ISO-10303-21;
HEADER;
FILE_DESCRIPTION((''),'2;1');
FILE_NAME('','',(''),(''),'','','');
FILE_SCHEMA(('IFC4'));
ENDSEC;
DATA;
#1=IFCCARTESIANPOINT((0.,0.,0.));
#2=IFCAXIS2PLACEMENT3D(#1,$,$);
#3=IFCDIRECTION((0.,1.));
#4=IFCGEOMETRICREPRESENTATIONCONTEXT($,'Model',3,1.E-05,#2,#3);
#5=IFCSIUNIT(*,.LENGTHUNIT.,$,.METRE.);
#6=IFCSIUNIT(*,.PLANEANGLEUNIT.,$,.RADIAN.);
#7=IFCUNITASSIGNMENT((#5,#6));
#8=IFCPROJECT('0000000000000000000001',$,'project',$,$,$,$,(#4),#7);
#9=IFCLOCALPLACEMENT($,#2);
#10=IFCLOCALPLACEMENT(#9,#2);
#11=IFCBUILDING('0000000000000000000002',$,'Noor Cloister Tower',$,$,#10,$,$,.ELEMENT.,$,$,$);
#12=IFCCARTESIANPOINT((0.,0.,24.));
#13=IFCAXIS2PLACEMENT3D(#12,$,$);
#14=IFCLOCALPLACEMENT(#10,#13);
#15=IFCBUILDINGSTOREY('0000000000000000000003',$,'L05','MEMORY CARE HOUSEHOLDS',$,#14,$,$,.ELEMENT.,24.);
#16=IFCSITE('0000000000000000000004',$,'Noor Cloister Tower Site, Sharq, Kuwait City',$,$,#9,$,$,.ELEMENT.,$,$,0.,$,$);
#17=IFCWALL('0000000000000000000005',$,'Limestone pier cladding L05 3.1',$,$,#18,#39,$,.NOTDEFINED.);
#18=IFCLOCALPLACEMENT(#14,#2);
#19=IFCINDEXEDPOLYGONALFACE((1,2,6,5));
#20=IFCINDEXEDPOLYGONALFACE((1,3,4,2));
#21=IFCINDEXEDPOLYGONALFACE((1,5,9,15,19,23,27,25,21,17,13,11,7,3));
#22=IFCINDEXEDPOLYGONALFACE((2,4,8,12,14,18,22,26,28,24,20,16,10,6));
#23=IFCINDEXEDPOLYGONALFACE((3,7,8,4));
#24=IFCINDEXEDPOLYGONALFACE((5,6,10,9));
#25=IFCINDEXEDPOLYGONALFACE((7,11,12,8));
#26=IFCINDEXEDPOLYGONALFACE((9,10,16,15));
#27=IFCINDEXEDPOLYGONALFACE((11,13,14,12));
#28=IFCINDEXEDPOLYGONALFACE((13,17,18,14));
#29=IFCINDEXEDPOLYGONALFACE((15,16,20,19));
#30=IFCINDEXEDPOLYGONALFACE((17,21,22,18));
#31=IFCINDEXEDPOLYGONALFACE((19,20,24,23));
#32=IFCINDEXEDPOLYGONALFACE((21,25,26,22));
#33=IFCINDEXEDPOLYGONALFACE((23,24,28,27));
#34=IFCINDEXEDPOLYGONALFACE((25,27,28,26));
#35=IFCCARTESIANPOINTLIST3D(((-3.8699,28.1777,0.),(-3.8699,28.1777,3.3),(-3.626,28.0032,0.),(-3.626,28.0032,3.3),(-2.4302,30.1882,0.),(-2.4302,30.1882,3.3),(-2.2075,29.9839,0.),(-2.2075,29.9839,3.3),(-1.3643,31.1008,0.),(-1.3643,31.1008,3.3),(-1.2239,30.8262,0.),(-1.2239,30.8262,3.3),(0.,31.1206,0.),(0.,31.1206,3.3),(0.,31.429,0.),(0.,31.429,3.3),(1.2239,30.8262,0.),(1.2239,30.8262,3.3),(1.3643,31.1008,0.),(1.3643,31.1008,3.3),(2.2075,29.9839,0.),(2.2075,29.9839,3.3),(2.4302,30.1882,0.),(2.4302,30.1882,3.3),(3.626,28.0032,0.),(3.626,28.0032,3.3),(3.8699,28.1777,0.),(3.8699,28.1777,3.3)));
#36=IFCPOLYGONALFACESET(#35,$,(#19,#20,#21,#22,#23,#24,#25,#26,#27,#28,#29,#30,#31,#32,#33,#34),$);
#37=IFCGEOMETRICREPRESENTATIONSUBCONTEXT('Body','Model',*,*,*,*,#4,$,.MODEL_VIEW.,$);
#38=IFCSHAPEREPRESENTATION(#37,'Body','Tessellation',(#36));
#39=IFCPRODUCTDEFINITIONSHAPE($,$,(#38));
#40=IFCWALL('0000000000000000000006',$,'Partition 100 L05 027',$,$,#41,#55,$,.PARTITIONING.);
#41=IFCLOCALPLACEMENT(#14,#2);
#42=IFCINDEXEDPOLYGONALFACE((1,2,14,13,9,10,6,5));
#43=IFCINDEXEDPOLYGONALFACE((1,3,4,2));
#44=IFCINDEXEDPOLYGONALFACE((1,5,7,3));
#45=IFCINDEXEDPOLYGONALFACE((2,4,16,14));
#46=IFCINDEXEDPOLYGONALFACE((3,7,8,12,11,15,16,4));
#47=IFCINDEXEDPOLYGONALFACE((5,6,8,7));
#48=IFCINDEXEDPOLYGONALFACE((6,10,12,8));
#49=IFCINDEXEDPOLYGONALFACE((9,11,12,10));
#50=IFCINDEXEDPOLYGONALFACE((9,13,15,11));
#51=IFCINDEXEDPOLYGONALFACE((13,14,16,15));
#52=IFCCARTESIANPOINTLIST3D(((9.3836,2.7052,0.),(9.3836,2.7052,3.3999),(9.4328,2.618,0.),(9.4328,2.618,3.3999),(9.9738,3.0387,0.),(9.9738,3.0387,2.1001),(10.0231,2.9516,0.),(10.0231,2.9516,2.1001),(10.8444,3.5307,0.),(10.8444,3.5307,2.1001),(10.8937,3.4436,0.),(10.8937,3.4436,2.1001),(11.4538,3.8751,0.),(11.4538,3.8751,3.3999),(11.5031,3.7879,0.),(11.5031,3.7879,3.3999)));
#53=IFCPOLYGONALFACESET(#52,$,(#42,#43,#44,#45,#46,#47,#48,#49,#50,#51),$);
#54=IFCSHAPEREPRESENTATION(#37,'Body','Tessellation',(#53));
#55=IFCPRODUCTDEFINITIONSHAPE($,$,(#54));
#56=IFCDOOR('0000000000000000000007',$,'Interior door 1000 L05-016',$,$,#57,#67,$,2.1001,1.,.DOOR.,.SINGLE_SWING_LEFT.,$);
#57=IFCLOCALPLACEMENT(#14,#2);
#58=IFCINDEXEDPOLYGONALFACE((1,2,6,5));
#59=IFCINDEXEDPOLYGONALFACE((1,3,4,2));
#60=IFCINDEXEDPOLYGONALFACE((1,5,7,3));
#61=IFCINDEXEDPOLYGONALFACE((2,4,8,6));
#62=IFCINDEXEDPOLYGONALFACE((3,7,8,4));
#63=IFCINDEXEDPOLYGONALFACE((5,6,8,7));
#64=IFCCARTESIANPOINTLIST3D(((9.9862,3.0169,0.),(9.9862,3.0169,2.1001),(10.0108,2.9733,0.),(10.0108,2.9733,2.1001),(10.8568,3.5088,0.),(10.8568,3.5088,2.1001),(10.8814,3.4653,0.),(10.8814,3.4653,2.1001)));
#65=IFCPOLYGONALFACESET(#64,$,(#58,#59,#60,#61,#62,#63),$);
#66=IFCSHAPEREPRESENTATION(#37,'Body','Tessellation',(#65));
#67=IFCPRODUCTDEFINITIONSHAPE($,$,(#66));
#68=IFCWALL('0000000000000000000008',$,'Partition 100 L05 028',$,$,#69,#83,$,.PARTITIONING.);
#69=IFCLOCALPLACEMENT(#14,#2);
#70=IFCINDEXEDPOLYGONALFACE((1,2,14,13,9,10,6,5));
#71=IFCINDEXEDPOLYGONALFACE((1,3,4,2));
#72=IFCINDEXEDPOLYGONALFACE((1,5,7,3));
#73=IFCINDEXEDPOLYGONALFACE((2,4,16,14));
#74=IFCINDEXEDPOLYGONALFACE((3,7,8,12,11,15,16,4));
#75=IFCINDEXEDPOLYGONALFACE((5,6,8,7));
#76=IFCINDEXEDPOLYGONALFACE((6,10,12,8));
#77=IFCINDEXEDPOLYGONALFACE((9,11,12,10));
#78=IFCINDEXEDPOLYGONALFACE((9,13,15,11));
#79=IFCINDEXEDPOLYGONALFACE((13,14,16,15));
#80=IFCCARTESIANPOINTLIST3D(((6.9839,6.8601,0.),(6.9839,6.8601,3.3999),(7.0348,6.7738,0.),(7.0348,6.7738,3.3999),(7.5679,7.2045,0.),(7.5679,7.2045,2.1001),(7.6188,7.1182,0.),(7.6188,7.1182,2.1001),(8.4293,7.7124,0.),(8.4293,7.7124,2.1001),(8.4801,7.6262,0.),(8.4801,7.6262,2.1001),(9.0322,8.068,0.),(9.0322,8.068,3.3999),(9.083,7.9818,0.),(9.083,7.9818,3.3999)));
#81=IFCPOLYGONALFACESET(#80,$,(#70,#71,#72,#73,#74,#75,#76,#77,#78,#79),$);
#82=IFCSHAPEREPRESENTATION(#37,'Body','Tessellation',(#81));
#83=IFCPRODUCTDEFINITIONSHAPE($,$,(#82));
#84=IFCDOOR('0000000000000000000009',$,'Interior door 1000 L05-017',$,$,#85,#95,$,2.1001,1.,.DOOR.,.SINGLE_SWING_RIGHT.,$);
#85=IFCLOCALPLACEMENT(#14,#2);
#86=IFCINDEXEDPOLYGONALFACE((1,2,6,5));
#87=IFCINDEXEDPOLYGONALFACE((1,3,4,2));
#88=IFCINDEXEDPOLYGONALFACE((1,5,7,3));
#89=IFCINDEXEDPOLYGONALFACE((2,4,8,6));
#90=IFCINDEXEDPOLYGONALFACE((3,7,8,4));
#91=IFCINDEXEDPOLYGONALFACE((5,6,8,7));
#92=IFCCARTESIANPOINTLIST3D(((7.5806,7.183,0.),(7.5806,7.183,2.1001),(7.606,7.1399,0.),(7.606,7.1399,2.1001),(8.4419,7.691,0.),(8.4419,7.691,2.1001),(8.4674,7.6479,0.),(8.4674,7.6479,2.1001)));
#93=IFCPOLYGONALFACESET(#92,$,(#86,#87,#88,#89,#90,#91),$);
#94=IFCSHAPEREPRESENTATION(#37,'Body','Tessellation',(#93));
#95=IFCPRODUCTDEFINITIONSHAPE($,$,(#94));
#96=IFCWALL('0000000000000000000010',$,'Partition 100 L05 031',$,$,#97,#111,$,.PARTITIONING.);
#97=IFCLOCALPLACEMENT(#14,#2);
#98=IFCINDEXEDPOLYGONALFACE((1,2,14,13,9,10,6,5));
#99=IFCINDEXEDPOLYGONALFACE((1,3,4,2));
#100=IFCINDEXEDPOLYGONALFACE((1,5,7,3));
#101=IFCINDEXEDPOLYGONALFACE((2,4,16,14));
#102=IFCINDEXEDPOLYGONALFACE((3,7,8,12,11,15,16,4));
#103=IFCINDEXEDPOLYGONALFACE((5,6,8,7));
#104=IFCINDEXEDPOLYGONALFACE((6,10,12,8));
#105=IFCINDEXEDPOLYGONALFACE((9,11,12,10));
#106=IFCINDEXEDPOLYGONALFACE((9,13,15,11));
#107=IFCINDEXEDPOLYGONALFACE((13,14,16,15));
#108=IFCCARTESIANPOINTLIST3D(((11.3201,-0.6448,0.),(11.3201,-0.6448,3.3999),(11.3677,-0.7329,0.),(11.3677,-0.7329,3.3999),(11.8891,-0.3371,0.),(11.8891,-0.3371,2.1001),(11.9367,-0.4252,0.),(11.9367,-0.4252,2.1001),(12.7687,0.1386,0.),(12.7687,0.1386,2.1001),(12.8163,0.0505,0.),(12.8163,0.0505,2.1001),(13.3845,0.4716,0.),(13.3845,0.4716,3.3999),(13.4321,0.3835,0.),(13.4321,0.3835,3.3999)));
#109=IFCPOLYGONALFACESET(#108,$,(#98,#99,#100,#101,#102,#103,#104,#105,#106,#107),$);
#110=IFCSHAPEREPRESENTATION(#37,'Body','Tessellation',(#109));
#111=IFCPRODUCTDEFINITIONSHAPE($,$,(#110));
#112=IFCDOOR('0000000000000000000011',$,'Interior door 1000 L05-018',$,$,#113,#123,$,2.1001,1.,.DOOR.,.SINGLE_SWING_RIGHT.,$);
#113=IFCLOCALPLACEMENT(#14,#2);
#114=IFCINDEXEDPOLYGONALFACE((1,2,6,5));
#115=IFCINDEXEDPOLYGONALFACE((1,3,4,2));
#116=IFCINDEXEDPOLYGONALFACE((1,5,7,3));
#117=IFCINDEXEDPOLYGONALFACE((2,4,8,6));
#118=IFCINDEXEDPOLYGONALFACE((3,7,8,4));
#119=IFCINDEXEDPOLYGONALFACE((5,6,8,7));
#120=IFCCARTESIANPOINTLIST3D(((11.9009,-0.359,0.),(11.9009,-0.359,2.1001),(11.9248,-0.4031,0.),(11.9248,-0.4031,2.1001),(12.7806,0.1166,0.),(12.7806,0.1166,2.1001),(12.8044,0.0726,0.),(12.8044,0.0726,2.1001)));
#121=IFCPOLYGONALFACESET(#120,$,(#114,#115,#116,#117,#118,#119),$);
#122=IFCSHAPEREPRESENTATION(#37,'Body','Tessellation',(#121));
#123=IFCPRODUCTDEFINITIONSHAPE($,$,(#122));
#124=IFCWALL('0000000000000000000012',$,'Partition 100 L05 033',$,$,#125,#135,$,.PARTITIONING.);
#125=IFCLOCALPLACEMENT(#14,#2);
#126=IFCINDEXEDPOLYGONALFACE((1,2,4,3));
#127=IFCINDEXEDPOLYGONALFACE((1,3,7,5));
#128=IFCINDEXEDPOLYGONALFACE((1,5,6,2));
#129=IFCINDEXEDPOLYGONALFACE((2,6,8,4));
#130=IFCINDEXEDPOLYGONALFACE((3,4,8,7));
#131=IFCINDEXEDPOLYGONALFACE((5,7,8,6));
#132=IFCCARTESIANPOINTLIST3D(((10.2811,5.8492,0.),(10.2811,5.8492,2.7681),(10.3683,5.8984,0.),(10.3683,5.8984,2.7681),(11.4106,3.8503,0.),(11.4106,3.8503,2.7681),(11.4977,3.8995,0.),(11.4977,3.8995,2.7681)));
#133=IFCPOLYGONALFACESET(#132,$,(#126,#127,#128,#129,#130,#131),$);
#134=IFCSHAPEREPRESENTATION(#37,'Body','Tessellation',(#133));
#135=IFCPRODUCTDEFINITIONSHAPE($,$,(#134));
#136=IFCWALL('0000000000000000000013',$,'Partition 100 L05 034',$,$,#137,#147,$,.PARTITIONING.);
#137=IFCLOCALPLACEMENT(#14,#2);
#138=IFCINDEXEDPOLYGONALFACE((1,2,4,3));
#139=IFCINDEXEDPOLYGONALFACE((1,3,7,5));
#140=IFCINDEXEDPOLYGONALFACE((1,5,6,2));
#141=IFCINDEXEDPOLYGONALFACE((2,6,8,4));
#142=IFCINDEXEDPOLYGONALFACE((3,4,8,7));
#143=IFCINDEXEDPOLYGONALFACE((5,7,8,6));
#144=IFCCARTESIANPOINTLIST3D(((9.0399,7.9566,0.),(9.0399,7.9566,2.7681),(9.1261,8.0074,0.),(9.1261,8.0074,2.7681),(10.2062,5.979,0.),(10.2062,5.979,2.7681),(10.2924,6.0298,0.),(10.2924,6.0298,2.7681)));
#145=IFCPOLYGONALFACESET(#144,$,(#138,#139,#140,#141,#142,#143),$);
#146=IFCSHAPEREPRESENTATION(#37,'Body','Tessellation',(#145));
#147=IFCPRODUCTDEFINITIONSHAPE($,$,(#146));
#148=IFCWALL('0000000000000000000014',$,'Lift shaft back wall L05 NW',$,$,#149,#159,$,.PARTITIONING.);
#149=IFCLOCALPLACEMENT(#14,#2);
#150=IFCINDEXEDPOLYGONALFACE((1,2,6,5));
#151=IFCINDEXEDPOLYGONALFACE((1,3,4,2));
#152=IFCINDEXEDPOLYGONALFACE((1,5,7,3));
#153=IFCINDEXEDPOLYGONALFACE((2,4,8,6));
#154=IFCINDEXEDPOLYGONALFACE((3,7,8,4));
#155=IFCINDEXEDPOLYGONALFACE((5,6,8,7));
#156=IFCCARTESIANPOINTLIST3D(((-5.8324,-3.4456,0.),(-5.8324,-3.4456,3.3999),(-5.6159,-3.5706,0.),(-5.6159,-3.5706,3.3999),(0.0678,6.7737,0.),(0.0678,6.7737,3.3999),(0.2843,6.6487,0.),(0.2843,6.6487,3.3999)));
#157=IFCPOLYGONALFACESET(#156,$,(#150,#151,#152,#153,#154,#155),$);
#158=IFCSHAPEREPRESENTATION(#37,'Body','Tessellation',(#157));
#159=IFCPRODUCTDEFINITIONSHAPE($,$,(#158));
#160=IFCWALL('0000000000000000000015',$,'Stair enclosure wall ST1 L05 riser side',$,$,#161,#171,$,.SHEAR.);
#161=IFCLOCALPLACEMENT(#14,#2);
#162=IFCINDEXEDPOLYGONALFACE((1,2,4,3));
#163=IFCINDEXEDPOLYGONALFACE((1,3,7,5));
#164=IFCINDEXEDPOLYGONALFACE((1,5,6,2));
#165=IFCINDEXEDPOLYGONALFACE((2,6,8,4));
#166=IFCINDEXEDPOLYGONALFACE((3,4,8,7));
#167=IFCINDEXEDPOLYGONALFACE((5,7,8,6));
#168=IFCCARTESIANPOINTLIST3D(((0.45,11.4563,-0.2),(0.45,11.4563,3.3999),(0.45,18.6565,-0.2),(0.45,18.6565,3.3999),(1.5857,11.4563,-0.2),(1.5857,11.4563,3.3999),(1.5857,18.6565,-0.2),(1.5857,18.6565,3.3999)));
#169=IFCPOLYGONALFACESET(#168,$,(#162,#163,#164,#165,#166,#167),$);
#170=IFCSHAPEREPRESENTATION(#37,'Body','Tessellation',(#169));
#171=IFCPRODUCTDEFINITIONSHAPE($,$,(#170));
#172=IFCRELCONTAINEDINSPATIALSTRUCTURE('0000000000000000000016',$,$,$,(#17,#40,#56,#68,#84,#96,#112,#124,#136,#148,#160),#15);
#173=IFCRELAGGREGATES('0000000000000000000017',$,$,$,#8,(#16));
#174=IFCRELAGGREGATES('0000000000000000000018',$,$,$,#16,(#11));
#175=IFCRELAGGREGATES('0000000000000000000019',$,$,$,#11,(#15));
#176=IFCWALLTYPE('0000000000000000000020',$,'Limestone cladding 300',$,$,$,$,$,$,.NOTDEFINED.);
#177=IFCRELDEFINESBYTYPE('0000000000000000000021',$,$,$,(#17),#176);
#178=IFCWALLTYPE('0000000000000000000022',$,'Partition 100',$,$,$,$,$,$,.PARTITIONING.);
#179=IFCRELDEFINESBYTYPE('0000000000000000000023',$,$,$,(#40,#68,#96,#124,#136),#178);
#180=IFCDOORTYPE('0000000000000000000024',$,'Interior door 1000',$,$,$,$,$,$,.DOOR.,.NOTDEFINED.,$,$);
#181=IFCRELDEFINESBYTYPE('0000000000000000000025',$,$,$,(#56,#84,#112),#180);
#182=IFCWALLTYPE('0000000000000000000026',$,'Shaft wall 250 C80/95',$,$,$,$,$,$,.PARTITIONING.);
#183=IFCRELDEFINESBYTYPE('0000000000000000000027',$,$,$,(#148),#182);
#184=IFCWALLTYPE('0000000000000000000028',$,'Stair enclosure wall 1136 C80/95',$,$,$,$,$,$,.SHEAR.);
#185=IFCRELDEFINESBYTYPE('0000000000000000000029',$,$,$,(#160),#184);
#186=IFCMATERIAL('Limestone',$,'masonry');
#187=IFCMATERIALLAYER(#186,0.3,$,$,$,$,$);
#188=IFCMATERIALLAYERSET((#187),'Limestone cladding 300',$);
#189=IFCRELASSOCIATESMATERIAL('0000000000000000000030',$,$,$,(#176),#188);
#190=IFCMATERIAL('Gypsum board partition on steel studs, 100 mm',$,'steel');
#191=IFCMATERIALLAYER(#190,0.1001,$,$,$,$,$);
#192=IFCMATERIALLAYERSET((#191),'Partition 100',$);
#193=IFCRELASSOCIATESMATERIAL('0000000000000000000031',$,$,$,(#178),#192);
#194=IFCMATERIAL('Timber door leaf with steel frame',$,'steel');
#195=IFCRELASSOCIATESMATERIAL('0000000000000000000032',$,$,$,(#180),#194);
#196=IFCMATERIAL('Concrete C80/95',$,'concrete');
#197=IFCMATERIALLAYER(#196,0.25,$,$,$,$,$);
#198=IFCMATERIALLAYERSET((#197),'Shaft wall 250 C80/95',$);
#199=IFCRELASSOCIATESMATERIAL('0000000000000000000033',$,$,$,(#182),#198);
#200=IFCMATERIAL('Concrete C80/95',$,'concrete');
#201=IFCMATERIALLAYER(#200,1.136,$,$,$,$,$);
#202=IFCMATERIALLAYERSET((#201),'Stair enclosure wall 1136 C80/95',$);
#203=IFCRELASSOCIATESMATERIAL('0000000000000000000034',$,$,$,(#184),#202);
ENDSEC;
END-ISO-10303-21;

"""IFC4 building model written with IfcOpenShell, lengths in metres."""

from ifc_helpers import new_model, si_unit, direction, frame, frame_2d, origin, place, context, subcontext, project, spatial, polyline, rectangle, outline, extrude, material, layer, layer_set, type_object, element, fill, save


model = new_model("IFC4")

# Units and contexts
model_context = context("Model", 3, precision=1e-05, world=origin(), true_north=direction((0.0, 1.0)))
body_context = subcontext(model_context, "Body", "Model", "MODEL_VIEW")
ifc_project = project(units=[si_unit("LENGTHUNIT", "METRE"), si_unit("PLANEANGLEUNIT", "RADIAN")], contexts=[model_context])

# Site, building, storey
site_placement = place(None, origin())
site = spatial("IfcSite", under=ifc_project, at=site_placement, Name="Noor Cloister Tower Site, Sharq, Kuwait City", CompositionType="ELEMENT", RefElevation=0.0)
building_placement = place(site_placement, origin())
building = spatial("IfcBuilding", under=site, at=building_placement, Name="Noor Cloister Tower", CompositionType="ELEMENT")
storey_placement = place(building_placement, frame((0.0, 0.0, 24.0)))
storey = spatial("IfcBuildingStorey", under=building, at=storey_placement, Name="L05", Description="MEMORY CARE HOUSEHOLDS", CompositionType="ELEMENT", Elevation=24.0)

# Wall
ifc_material_1 = material(Name="Limestone", Category="masonry")
ifc_layer_1 = layer(ifc_material_1, 0.3)
ifc_layer_set_1 = layer_set([ifc_layer_1], Name="Limestone cladding 300")
wall_type_1 = type_object("IfcWallType", Name="Limestone cladding 300", PredefinedType="NOTDEFINED", material=ifc_layer_set_1)
wall_1_placement = place(storey_placement, origin())
element("IfcWall", 1, at=wall_1_placement, inside=storey, type_object=wall_type_1, Name="Limestone pier cladding L05 3.1", PredefinedType="NOTDEFINED", context=body_context, shape_type="SweptSolid", body=[
    extrude(outline(polyline([(3.8699, 28.1777), (2.4302, 30.1882), (1.3643, 31.1008), (0.0, 31.429), (-1.3643, 31.1008), (-2.4302, 30.1882), (-3.8699, 28.1777), (-3.626, 28.0032), (-2.2075, 29.9839), (-1.2239, 30.8262), (0.0, 31.1206), (1.2239, 30.8262), (2.2075, 29.9839), (3.626, 28.0032), (3.8699, 28.1777)])), origin(), (0.0, 0.0, 1.0), 3.3),
])

# Walls, openings, doors
ifc_material_2 = material(Name="Gypsum board partition on steel studs, 100 mm", Category="steel")
ifc_layer_2 = layer(ifc_material_2, 0.1001)
ifc_layer_set_2 = layer_set([ifc_layer_2], Name="Partition 100")
wall_type_2 = type_object("IfcWallType", Name="Partition 100", PredefinedType="PARTITIONING", material=ifc_layer_set_2)
wall_2_placement = place(storey_placement, frame((9.4082, 2.6616, 0.0), z_axis=(0.0, 0.0, 1.0), x_axis=(0.870609, 0.491976, 0.0)))
wall_2 = element("IfcWall", 2, at=wall_2_placement, inside=storey, type_object=wall_type_2, Name="Partition 100 L05 027", PredefinedType="PARTITIONING", context=body_context, shape_type="SweptSolid", body=[
    extrude(rectangle(XDim=2.3779, YDim=0.1001, at=frame_2d((1.189, 0.0))), origin(), (0.0, 0.0, 1.0), 3.3999),
])
opening_1_placement = place(wall_2_placement, frame((0.678, 0.0, 0.0)))
opening_1 = element("IfcOpeningElement", 3, at=opening_1_placement, cuts=wall_2, PredefinedType="OPENING", context=body_context, shape_type="SweptSolid", body=[
    extrude(rectangle(XDim=1.0, YDim=2.1001, at=frame_2d((0.5, 1.05))), frame((0.0, 0.0601, 0.0), z_axis=(0.0, -1.0, 0.0), x_axis=(1.0, 0.0, 0.0)), (0.0, 0.0, 1.0), 0.1201),
])
ifc_material_3 = material(Name="Timber door leaf with steel frame", Category="steel")
door_type_1 = type_object("IfcDoorType", Name="Interior door 1000", OperationType="NOTDEFINED", PredefinedType="DOOR", material=ifc_material_3)
door_1_placement = place(opening_1_placement, origin())
door_1 = element("IfcDoor", 4, at=door_1_placement, inside=storey, type_object=door_type_1, Name="Interior door 1000 L05-016", OperationType="SINGLE_SWING_LEFT", OverallHeight=2.1001, OverallWidth=1.0, PredefinedType="DOOR", context=body_context, shape_type="SweptSolid", body=[
    extrude(rectangle(XDim=1.0, YDim=2.1001, at=frame_2d((0.5, 1.05))), frame((0.0, 0.0249, 0.0), z_axis=(0.0, -1.0, 0.0), x_axis=(1.0, 0.0, 0.0)), (0.0, 0.0, 1.0), 0.05),
])
fill(opening_1, door_1)
wall_3_placement = place(storey_placement, frame((9.0576, 8.0249, 0.0), z_axis=(0.0, 0.0, 1.0), x_axis=(-0.861364, -0.507989, 0.0)))
wall_3 = element("IfcWall", 5, at=wall_3_placement, inside=storey, type_object=wall_type_2, Name="Partition 100 L05 028", PredefinedType="PARTITIONING", context=body_context, shape_type="SweptSolid", body=[
    extrude(rectangle(XDim=2.3779, YDim=0.1001, at=frame_2d((1.189, 0.0))), origin(), (0.0, 0.0, 1.0), 3.3999),
])
opening_2_placement = place(wall_3_placement, frame((0.7, 0.0, 0.0)))
opening_2 = element("IfcOpeningElement", 6, at=opening_2_placement, cuts=wall_3, PredefinedType="OPENING", context=body_context, shape_type="SweptSolid", body=[
    extrude(rectangle(XDim=1.0, YDim=2.1001, at=frame_2d((0.5, 1.05))), frame((0.0, 0.0601, 0.0), z_axis=(0.0, -1.0, 0.0), x_axis=(1.0, 0.0, 0.0)), (0.0, 0.0, 1.0), 0.1201),
])
door_2_placement = place(opening_2_placement, origin())
door_2 = element("IfcDoor", 7, at=door_2_placement, inside=storey, type_object=door_type_1, Name="Interior door 1000 L05-017", OperationType="SINGLE_SWING_RIGHT", OverallHeight=2.1001, OverallWidth=1.0, PredefinedType="DOOR", context=body_context, shape_type="SweptSolid", body=[
    extrude(rectangle(XDim=1.0, YDim=2.1001, at=frame_2d((0.5, 1.05))), frame((0.0, 0.0249, 0.0), z_axis=(0.0, -1.0, 0.0), x_axis=(1.0, 0.0, 0.0)), (0.0, 0.0, 1.0), 0.05),
])
fill(opening_2, door_2)
wall_4_placement = place(storey_placement, frame((13.4082, 0.4275, 0.0), z_axis=(0.0, 0.0, 1.0), x_axis=(-0.879611, -0.475693, 0.0)))
wall_4 = element("IfcWall", 8, at=wall_4_placement, inside=storey, type_object=wall_type_2, Name="Partition 100 L05 031", PredefinedType="PARTITIONING", context=body_context, shape_type="SweptSolid", body=[
    extrude(rectangle(XDim=2.3469, YDim=0.1001, at=frame_2d((1.1733, 0.0))), origin(), (0.0, 0.0, 1.0), 3.3999),
])
opening_3_placement = place(wall_4_placement, frame((0.7, 0.0, 0.0)))
opening_3 = element("IfcOpeningElement", 9, at=opening_3_placement, cuts=wall_4, PredefinedType="OPENING", context=body_context, shape_type="SweptSolid", body=[
    extrude(rectangle(XDim=1.0, YDim=2.1001, at=frame_2d((0.5, 1.05))), frame((0.0, 0.0601, 0.0), z_axis=(0.0, -1.0, 0.0), x_axis=(1.0, 0.0, 0.0)), (0.0, 0.0, 1.0), 0.1201),
])
door_3_placement = place(opening_3_placement, origin())
door_3 = element("IfcDoor", 10, at=door_3_placement, inside=storey, type_object=door_type_1, Name="Interior door 1000 L05-018", OperationType="SINGLE_SWING_RIGHT", OverallHeight=2.1001, OverallWidth=1.0, PredefinedType="DOOR", context=body_context, shape_type="SweptSolid", body=[
    extrude(rectangle(XDim=1.0, YDim=2.1001, at=frame_2d((0.5, 1.05))), frame((0.0, 0.0249, 0.0), z_axis=(0.0, -1.0, 0.0), x_axis=(1.0, 0.0, 0.0)), (0.0, 0.0, 1.0), 0.05),
])
fill(opening_3, door_3)

# Walls
for number, where, z_axis, x_axis, name in (
    (11, (10.3247, 5.8738, 0.0), (0.0, 0.0, 1.0), (0.491942, -0.870628, 0.0), "Partition 100 L05 033"),
    (12, (10.2493, 6.0044, 0.0), (0.0, 0.0, 1.0), (-0.507991, 0.861362, 0.0), "Partition 100 L05 034"),
):
    element("IfcWall", number, at=place(storey_placement, frame(where, z_axis=z_axis, x_axis=x_axis)), inside=storey, type_object=wall_type_2, Name=name, PredefinedType="PARTITIONING", context=body_context, shape_type="SweptSolid", body=[
        extrude(rectangle(XDim=2.2959, YDim=0.1001, at=frame_2d((1.1479, 0.0))), origin(), (0.0, 0.0, 1.0), 2.7681),
    ])
ifc_material_4 = material(Name="Concrete C80/95", Category="concrete")
ifc_layer_3 = layer(ifc_material_4, 0.25)
ifc_layer_set_3 = layer_set([ifc_layer_3], Name="Shaft wall 250 C80/95")
wall_type_3 = type_object("IfcWallType", Name="Shaft wall 250 C80/95", PredefinedType="PARTITIONING", material=ifc_layer_set_3)
wall_5_placement = place(storey_placement, frame((0.176, 6.7112, 0.0), z_axis=(0.0, 0.0, 1.0), x_axis=(-0.500004, -0.866023, 0.0)))
element("IfcWall", 13, at=wall_5_placement, inside=storey, type_object=wall_type_3, Name="Lift shaft back wall L05 NW", PredefinedType="PARTITIONING", context=body_context, shape_type="SweptSolid", body=[
    extrude(rectangle(XDim=11.8003, YDim=0.25, at=frame_2d((5.9001, 0.0))), origin(), (0.0, 0.0, 1.0), 3.3999),
])
ifc_material_5 = material(Name="Concrete C80/95", Category="concrete")
ifc_layer_4 = layer(ifc_material_5, 1.136)
ifc_layer_set_4 = layer_set([ifc_layer_4], Name="Stair enclosure wall 1136 C80/95")
wall_type_4 = type_object("IfcWallType", Name="Stair enclosure wall 1136 C80/95", PredefinedType="SHEAR", material=ifc_layer_set_4)
wall_6_placement = place(storey_placement, frame((1.0178, 11.4563, -0.2), z_axis=(0.0, 0.0, 1.0), x_axis=(0.0, 1.0, 0.0)))
element("IfcWall", 14, at=wall_6_placement, inside=storey, type_object=wall_type_4, Name="Stair enclosure wall ST1 L05 riser side", PredefinedType="SHEAR", context=body_context, shape_type="SweptSolid", body=[
    extrude(rectangle(XDim=7.2002, YDim=1.1357, at=frame_2d((3.6001, 0.0))), origin(), (0.0, 0.0, 1.0), 3.5999),
])

save(model, "model.ifc")
